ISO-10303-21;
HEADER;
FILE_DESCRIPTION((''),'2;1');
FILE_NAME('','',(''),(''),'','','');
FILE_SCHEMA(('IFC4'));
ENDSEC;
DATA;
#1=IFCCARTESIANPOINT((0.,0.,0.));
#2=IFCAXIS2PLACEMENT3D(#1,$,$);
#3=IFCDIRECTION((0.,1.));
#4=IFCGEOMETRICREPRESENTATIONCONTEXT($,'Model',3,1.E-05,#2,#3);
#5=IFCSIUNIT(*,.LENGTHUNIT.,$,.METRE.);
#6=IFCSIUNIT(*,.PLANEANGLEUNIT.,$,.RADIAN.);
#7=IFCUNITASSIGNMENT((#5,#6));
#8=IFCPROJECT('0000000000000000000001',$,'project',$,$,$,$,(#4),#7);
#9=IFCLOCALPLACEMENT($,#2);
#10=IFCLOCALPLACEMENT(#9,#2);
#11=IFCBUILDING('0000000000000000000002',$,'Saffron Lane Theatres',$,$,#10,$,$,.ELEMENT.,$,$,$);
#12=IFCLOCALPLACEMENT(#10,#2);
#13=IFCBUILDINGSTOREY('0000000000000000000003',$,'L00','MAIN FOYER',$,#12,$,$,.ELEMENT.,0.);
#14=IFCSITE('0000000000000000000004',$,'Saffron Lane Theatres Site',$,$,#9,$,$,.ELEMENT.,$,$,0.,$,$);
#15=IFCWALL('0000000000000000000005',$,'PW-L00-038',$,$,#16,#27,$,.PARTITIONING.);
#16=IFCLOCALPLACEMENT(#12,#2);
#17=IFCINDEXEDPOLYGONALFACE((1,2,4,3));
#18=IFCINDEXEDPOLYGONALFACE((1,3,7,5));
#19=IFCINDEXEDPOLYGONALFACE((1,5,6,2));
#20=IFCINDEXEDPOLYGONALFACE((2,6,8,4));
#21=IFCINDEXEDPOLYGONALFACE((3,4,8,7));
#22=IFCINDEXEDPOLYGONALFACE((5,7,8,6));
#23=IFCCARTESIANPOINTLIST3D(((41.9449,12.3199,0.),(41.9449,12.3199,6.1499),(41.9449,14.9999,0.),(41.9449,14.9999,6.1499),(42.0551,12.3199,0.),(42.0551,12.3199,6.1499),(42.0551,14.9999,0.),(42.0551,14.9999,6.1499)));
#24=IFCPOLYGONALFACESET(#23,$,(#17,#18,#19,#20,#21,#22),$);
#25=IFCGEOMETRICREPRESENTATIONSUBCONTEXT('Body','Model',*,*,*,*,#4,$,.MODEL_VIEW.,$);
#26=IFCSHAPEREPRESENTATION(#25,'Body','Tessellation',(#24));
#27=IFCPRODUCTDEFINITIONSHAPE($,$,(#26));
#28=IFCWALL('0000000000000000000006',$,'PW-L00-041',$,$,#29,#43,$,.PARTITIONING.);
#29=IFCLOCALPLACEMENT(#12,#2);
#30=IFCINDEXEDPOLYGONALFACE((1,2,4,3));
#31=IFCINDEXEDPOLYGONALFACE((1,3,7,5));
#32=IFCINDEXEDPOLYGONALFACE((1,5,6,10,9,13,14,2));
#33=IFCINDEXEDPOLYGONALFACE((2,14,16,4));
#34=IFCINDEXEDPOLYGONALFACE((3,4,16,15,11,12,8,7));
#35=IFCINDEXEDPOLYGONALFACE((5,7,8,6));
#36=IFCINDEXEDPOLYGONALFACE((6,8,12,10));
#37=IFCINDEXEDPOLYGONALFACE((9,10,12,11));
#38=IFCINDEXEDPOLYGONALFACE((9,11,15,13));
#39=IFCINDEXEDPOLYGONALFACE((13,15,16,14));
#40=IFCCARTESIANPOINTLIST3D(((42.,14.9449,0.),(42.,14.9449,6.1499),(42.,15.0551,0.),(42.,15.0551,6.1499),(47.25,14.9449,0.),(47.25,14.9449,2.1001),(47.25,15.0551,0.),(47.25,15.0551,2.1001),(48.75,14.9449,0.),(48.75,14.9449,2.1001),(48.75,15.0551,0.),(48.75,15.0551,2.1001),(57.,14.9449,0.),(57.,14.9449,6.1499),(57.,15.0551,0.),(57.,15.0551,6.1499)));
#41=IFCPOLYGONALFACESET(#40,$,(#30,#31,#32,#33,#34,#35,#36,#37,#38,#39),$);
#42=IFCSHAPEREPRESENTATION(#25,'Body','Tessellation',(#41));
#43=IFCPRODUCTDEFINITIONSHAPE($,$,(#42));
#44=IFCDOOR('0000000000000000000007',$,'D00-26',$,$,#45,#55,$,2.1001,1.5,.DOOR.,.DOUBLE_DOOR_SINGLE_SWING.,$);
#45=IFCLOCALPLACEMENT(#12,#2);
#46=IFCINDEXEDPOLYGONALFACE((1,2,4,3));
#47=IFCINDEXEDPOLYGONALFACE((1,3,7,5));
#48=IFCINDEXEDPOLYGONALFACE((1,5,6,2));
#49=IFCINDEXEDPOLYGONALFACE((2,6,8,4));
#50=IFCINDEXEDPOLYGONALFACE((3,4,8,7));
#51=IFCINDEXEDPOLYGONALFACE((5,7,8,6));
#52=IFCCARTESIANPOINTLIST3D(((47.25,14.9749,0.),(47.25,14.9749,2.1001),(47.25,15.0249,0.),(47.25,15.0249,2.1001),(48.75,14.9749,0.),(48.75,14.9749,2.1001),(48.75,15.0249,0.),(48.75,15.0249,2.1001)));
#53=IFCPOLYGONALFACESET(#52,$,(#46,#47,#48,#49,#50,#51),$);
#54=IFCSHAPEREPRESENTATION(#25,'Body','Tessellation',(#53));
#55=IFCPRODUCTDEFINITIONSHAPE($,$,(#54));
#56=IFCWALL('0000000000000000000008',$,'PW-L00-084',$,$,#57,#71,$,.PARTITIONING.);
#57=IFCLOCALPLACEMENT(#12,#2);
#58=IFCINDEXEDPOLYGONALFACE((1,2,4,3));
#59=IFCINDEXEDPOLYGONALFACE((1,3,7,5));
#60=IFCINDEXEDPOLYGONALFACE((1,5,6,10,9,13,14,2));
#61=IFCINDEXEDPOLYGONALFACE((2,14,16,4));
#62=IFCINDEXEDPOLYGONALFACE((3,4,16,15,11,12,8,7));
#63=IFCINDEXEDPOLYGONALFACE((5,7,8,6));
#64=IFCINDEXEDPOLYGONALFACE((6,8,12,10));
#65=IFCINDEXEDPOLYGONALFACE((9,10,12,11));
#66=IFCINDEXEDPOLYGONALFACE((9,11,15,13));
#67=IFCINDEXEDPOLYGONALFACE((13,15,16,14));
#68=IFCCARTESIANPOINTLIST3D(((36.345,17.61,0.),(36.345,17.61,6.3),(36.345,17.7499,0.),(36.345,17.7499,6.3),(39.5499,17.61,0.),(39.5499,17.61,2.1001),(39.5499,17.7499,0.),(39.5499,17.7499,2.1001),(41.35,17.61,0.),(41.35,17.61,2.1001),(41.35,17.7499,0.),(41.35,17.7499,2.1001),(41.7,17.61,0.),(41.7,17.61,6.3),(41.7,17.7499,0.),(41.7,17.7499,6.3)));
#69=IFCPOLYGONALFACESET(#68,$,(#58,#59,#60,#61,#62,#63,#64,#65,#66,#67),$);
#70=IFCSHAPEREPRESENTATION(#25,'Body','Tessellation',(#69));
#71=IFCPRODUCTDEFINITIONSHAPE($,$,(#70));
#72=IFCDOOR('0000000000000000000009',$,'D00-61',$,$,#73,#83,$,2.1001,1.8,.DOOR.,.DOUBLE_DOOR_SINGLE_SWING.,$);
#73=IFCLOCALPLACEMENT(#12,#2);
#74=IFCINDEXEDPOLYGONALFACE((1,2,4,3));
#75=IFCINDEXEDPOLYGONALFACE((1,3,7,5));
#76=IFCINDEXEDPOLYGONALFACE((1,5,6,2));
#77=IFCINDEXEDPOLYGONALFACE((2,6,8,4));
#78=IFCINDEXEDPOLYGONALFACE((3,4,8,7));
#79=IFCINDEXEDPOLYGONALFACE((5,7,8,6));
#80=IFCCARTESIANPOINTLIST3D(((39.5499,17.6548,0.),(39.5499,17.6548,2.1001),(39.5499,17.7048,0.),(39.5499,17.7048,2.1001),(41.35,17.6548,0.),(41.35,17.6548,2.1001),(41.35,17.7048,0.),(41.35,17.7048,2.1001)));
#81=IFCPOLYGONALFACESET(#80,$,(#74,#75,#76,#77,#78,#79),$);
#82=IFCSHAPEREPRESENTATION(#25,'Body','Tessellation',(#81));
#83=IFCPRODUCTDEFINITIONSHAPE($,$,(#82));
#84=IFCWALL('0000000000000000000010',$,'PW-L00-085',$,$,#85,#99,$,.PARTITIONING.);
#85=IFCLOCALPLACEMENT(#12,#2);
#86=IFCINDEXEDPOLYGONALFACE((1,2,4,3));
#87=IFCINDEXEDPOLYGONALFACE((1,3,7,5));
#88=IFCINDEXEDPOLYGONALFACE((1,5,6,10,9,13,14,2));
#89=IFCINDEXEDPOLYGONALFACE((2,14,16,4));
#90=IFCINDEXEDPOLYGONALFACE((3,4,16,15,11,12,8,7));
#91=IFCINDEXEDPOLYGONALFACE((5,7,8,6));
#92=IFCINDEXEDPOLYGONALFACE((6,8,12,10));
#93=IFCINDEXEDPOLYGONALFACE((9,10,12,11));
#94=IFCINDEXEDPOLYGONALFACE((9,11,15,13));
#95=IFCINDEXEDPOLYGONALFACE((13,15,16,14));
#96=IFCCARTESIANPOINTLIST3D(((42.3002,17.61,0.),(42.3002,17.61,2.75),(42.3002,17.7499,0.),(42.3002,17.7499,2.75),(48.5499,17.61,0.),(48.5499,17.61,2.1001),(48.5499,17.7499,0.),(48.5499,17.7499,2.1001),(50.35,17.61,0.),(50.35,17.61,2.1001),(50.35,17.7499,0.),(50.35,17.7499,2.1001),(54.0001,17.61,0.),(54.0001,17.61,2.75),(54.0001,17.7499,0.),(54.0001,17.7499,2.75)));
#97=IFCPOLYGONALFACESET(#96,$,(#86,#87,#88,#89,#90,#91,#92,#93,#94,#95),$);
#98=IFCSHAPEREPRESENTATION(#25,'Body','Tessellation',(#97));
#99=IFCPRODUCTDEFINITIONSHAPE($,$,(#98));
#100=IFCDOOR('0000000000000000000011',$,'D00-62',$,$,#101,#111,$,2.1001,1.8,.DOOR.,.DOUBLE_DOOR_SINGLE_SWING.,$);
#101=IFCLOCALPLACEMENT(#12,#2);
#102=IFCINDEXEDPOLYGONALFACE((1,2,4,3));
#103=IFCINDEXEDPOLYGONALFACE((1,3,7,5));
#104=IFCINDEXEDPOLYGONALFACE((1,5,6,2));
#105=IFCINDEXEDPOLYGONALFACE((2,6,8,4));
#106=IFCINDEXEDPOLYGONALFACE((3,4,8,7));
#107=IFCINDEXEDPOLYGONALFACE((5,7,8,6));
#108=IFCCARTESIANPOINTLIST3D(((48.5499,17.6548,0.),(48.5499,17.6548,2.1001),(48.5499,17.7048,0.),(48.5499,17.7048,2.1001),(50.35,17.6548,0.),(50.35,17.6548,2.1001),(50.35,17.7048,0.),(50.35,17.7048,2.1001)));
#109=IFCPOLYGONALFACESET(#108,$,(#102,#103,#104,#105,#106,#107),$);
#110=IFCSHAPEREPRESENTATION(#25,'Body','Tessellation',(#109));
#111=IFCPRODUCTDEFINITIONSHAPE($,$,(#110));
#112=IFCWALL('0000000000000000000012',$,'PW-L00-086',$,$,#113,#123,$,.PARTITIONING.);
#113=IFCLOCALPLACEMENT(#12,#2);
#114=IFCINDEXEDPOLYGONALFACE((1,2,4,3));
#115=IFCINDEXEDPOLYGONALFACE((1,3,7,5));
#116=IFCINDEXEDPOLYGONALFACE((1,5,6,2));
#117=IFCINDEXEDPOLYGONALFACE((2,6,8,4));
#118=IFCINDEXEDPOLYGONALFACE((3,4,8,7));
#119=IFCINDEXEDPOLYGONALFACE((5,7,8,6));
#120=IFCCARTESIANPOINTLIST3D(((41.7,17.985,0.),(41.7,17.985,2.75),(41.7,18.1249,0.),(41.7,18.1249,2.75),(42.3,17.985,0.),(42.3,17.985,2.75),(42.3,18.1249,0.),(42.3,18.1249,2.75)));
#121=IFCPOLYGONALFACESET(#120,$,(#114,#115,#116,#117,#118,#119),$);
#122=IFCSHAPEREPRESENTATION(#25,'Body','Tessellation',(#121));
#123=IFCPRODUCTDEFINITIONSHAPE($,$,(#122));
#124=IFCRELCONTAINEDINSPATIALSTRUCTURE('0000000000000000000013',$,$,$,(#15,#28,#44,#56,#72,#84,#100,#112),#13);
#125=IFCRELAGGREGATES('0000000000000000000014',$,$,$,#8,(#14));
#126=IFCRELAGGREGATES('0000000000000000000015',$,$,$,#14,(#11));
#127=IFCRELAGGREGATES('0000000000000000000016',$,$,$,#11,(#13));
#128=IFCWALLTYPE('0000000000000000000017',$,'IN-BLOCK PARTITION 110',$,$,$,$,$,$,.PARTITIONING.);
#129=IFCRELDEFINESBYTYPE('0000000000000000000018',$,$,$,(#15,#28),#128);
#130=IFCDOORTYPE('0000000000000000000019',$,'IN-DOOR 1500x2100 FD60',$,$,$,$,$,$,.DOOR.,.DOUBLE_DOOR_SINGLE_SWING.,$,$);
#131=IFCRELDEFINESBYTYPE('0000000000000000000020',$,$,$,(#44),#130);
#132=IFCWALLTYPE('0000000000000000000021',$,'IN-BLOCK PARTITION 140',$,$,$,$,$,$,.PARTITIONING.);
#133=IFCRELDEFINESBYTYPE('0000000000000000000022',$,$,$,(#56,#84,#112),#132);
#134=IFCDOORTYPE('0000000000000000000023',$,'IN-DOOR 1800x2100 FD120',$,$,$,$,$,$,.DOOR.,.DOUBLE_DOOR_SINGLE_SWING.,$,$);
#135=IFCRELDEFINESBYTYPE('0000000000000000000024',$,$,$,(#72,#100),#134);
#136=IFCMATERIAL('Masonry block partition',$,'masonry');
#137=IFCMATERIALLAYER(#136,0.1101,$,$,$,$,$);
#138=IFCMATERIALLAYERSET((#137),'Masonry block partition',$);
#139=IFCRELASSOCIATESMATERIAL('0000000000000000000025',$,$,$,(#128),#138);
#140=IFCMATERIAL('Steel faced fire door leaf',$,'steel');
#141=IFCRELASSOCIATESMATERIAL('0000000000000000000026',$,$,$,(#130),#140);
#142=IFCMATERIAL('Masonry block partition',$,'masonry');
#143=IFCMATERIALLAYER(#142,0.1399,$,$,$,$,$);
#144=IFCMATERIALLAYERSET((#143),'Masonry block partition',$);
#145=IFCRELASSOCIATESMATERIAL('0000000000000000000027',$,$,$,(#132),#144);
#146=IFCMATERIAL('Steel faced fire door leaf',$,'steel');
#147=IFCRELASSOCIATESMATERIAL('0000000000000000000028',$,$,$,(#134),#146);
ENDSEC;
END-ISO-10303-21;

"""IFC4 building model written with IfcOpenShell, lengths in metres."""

from ifc_helpers import new_model, si_unit, direction, frame, frame_2d, origin, place, context, subcontext, project, spatial, rectangle, extrude, material, layer, layer_set, type_object, element, fill, save


model = new_model("IFC4")

# Units and contexts
model_context = context("Model", 3, precision=1e-05, world=origin(), true_north=direction((0.0, 1.0)))
body_context = subcontext(model_context, "Body", "Model", "MODEL_VIEW")
ifc_project = project(units=[si_unit("LENGTHUNIT", "METRE"), si_unit("PLANEANGLEUNIT", "RADIAN")], contexts=[model_context])

# Site, building, storey
site_placement = place(None, origin())
site = spatial("IfcSite", under=ifc_project, at=site_placement, Name="Saffron Lane Theatres Site", CompositionType="ELEMENT", RefElevation=0.0)
building_placement = place(site_placement, origin())
building = spatial("IfcBuilding", under=site, at=building_placement, Name="Saffron Lane Theatres", CompositionType="ELEMENT")
storey_placement = place(building_placement, origin())
storey = spatial("IfcBuildingStorey", under=building, at=storey_placement, Name="L00", Description="MAIN FOYER", CompositionType="ELEMENT", Elevation=0.0)

# Shared definitions
ifc_material_1 = material(Name="Masonry block partition", Category="masonry")
ifc_layer_1 = layer(ifc_material_1, 0.1101)
ifc_layer_set_1 = layer_set([ifc_layer_1], Name="Masonry block partition")
wall_type_1 = type_object("IfcWallType", Name="IN-BLOCK PARTITION 110", PredefinedType="PARTITIONING", material=ifc_layer_set_1)

# Wall
wall_1_placement = place(storey_placement, frame((42.0, 12.3201, 0.0), z_axis=(0.0, 0.0, 1.0), x_axis=(0.0, 1.0, 0.0)))
element("IfcWall", 1, at=wall_1_placement, inside=storey, type_object=wall_type_1, Name="PW-L00-038", PredefinedType="PARTITIONING", context=body_context, shape_type="SweptSolid", body=[
    extrude(rectangle(XDim=2.6799, YDim=0.1101, at=frame_2d((1.3398, 0.0))), origin(), (0.0, 0.0, 1.0), 6.1499),
])

# Walls, openings, doors
wall_2_placement = place(storey_placement, frame((42.0, 15.0, 0.0), z_axis=(0.0, 0.0, 1.0), x_axis=(1.0, 0.0, 0.0)))
wall_2 = element("IfcWall", 2, at=wall_2_placement, inside=storey, type_object=wall_type_1, Name="PW-L00-041", PredefinedType="PARTITIONING", context=body_context, shape_type="SweptSolid", body=[
    extrude(rectangle(XDim=15.0, YDim=0.1101, at=frame_2d((7.5, 0.0))), origin(), (0.0, 0.0, 1.0), 6.1499),
])
opening_1_placement = place(wall_2_placement, frame((5.25, 0.0, 0.0)))
opening_1 = element("IfcOpeningElement", 3, at=opening_1_placement, cuts=wall_2, PredefinedType="OPENING", context=body_context, shape_type="SweptSolid", body=[
    extrude(rectangle(XDim=1.5, YDim=2.1001, at=frame_2d((0.75, 1.05))), frame((0.0, 0.0649, 0.0), z_axis=(0.0, -1.0, 0.0), x_axis=(1.0, 0.0, 0.0)), (0.0, 0.0, 1.0), 0.1301),
])
ifc_material_2 = material(Name="Steel faced fire door leaf", Category="steel")
door_type_1 = type_object("IfcDoorType", Name="IN-DOOR 1500x2100 FD60", OperationType="DOUBLE_DOOR_SINGLE_SWING", PredefinedType="DOOR", material=ifc_material_2)
door_1_placement = place(opening_1_placement, origin())
door_1 = element("IfcDoor", 4, at=door_1_placement, inside=storey, type_object=door_type_1, Name="D00-26", OperationType="DOUBLE_DOOR_SINGLE_SWING", OverallHeight=2.1001, OverallWidth=1.5, PredefinedType="DOOR", context=body_context, shape_type="SweptSolid", body=[
    extrude(rectangle(XDim=1.5, YDim=2.1001, at=frame_2d((0.75, 1.05))), frame((0.0, 0.0249, 0.0), z_axis=(0.0, -1.0, 0.0), x_axis=(1.0, 0.0, 0.0)), (0.0, 0.0, 1.0), 0.05),
])
fill(opening_1, door_1)
ifc_material_3 = material(Name="Masonry block partition", Category="masonry")
ifc_layer_2 = layer(ifc_material_3, 0.1399)
ifc_layer_set_2 = layer_set([ifc_layer_2], Name="Masonry block partition")
wall_type_2 = type_object("IfcWallType", Name="IN-BLOCK PARTITION 140", PredefinedType="PARTITIONING", material=ifc_layer_set_2)
wall_3_placement = place(storey_placement, frame((36.345, 17.6799, 0.0), z_axis=(0.0, 0.0, 1.0), x_axis=(1.0, 0.0, 0.0)))
wall_3 = element("IfcWall", 5, at=wall_3_placement, inside=storey, type_object=wall_type_2, Name="PW-L00-084", PredefinedType="PARTITIONING", context=body_context, shape_type="SweptSolid", body=[
    extrude(rectangle(XDim=5.355, YDim=0.1399, at=frame_2d((2.6775, 0.0))), origin(), (0.0, 0.0, 1.0), 6.3),
])
opening_2_placement = place(wall_3_placement, frame((3.2051, 0.0, 0.0)))
opening_2 = element("IfcOpeningElement", 6, at=opening_2_placement, cuts=wall_3, PredefinedType="OPENING", context=body_context, shape_type="SweptSolid", body=[
    extrude(rectangle(XDim=1.8, YDim=2.1001, at=frame_2d((0.8999, 1.05))), frame((0.0, 0.0801, 0.0), z_axis=(0.0, -1.0, 0.0), x_axis=(1.0, 0.0, 0.0)), (0.0, 0.0, 1.0), 0.1599),
])
ifc_material_4 = material(Name="Steel faced fire door leaf", Category="steel")
door_type_2 = type_object("IfcDoorType", Name="IN-DOOR 1800x2100 FD120", OperationType="DOUBLE_DOOR_SINGLE_SWING", PredefinedType="DOOR", material=ifc_material_4)
door_2_placement = place(opening_2_placement, origin())
door_2 = element("IfcDoor", 7, at=door_2_placement, inside=storey, type_object=door_type_2, Name="D00-61", OperationType="DOUBLE_DOOR_SINGLE_SWING", OverallHeight=2.1001, OverallWidth=1.8, PredefinedType="DOOR", context=body_context, shape_type="SweptSolid", body=[
    extrude(rectangle(XDim=1.8, YDim=2.1001, at=frame_2d((0.8999, 1.05))), frame((0.0, 0.0249, 0.0), z_axis=(0.0, -1.0, 0.0), x_axis=(1.0, 0.0, 0.0)), (0.0, 0.0, 1.0), 0.05),
])
fill(opening_2, door_2)
wall_4_placement = place(storey_placement, frame((42.3, 17.6799, 0.0), z_axis=(0.0, 0.0, 1.0), x_axis=(1.0, 0.0, 0.0)))
wall_4 = element("IfcWall", 8, at=wall_4_placement, inside=storey, type_object=wall_type_2, Name="PW-L00-085", PredefinedType="PARTITIONING", context=body_context, shape_type="SweptSolid", body=[
    extrude(rectangle(XDim=11.7, YDim=0.1399, at=frame_2d((5.8501, 0.0))), origin(), (0.0, 0.0, 1.0), 2.75),
])
opening_3_placement = place(wall_4_placement, frame((6.25, 0.0, 0.0)))
opening_3 = element("IfcOpeningElement", 9, at=opening_3_placement, cuts=wall_4, PredefinedType="OPENING", context=body_context, shape_type="SweptSolid", body=[
    extrude(rectangle(XDim=1.8, YDim=2.1001, at=frame_2d((0.8999, 1.05))), frame((0.0, 0.0801, 0.0), z_axis=(0.0, -1.0, 0.0), x_axis=(1.0, 0.0, 0.0)), (0.0, 0.0, 1.0), 0.1599),
])
door_3_placement = place(opening_3_placement, origin())
door_3 = element("IfcDoor", 10, at=door_3_placement, inside=storey, type_object=door_type_2, Name="D00-62", OperationType="DOUBLE_DOOR_SINGLE_SWING", OverallHeight=2.1001, OverallWidth=1.8, PredefinedType="DOOR", context=body_context, shape_type="SweptSolid", body=[
    extrude(rectangle(XDim=1.8, YDim=2.1001, at=frame_2d((0.8999, 1.05))), frame((0.0, 0.0249, 0.0), z_axis=(0.0, -1.0, 0.0), x_axis=(1.0, 0.0, 0.0)), (0.0, 0.0, 1.0), 0.05),
])
fill(opening_3, door_3)

# Wall
wall_5_placement = place(storey_placement, frame((41.7, 18.0549, 0.0), z_axis=(0.0, 0.0, 1.0), x_axis=(1.0, 0.0, 0.0)))
element("IfcWall", 11, at=wall_5_placement, inside=storey, type_object=wall_type_2, Name="PW-L00-086", PredefinedType="PARTITIONING", context=body_context, shape_type="SweptSolid", body=[
    extrude(rectangle(XDim=0.6001, YDim=0.1399, at=frame_2d((0.3, 0.0))), origin(), (0.0, 0.0, 1.0), 2.75),
])

save(model, "model.ifc")
